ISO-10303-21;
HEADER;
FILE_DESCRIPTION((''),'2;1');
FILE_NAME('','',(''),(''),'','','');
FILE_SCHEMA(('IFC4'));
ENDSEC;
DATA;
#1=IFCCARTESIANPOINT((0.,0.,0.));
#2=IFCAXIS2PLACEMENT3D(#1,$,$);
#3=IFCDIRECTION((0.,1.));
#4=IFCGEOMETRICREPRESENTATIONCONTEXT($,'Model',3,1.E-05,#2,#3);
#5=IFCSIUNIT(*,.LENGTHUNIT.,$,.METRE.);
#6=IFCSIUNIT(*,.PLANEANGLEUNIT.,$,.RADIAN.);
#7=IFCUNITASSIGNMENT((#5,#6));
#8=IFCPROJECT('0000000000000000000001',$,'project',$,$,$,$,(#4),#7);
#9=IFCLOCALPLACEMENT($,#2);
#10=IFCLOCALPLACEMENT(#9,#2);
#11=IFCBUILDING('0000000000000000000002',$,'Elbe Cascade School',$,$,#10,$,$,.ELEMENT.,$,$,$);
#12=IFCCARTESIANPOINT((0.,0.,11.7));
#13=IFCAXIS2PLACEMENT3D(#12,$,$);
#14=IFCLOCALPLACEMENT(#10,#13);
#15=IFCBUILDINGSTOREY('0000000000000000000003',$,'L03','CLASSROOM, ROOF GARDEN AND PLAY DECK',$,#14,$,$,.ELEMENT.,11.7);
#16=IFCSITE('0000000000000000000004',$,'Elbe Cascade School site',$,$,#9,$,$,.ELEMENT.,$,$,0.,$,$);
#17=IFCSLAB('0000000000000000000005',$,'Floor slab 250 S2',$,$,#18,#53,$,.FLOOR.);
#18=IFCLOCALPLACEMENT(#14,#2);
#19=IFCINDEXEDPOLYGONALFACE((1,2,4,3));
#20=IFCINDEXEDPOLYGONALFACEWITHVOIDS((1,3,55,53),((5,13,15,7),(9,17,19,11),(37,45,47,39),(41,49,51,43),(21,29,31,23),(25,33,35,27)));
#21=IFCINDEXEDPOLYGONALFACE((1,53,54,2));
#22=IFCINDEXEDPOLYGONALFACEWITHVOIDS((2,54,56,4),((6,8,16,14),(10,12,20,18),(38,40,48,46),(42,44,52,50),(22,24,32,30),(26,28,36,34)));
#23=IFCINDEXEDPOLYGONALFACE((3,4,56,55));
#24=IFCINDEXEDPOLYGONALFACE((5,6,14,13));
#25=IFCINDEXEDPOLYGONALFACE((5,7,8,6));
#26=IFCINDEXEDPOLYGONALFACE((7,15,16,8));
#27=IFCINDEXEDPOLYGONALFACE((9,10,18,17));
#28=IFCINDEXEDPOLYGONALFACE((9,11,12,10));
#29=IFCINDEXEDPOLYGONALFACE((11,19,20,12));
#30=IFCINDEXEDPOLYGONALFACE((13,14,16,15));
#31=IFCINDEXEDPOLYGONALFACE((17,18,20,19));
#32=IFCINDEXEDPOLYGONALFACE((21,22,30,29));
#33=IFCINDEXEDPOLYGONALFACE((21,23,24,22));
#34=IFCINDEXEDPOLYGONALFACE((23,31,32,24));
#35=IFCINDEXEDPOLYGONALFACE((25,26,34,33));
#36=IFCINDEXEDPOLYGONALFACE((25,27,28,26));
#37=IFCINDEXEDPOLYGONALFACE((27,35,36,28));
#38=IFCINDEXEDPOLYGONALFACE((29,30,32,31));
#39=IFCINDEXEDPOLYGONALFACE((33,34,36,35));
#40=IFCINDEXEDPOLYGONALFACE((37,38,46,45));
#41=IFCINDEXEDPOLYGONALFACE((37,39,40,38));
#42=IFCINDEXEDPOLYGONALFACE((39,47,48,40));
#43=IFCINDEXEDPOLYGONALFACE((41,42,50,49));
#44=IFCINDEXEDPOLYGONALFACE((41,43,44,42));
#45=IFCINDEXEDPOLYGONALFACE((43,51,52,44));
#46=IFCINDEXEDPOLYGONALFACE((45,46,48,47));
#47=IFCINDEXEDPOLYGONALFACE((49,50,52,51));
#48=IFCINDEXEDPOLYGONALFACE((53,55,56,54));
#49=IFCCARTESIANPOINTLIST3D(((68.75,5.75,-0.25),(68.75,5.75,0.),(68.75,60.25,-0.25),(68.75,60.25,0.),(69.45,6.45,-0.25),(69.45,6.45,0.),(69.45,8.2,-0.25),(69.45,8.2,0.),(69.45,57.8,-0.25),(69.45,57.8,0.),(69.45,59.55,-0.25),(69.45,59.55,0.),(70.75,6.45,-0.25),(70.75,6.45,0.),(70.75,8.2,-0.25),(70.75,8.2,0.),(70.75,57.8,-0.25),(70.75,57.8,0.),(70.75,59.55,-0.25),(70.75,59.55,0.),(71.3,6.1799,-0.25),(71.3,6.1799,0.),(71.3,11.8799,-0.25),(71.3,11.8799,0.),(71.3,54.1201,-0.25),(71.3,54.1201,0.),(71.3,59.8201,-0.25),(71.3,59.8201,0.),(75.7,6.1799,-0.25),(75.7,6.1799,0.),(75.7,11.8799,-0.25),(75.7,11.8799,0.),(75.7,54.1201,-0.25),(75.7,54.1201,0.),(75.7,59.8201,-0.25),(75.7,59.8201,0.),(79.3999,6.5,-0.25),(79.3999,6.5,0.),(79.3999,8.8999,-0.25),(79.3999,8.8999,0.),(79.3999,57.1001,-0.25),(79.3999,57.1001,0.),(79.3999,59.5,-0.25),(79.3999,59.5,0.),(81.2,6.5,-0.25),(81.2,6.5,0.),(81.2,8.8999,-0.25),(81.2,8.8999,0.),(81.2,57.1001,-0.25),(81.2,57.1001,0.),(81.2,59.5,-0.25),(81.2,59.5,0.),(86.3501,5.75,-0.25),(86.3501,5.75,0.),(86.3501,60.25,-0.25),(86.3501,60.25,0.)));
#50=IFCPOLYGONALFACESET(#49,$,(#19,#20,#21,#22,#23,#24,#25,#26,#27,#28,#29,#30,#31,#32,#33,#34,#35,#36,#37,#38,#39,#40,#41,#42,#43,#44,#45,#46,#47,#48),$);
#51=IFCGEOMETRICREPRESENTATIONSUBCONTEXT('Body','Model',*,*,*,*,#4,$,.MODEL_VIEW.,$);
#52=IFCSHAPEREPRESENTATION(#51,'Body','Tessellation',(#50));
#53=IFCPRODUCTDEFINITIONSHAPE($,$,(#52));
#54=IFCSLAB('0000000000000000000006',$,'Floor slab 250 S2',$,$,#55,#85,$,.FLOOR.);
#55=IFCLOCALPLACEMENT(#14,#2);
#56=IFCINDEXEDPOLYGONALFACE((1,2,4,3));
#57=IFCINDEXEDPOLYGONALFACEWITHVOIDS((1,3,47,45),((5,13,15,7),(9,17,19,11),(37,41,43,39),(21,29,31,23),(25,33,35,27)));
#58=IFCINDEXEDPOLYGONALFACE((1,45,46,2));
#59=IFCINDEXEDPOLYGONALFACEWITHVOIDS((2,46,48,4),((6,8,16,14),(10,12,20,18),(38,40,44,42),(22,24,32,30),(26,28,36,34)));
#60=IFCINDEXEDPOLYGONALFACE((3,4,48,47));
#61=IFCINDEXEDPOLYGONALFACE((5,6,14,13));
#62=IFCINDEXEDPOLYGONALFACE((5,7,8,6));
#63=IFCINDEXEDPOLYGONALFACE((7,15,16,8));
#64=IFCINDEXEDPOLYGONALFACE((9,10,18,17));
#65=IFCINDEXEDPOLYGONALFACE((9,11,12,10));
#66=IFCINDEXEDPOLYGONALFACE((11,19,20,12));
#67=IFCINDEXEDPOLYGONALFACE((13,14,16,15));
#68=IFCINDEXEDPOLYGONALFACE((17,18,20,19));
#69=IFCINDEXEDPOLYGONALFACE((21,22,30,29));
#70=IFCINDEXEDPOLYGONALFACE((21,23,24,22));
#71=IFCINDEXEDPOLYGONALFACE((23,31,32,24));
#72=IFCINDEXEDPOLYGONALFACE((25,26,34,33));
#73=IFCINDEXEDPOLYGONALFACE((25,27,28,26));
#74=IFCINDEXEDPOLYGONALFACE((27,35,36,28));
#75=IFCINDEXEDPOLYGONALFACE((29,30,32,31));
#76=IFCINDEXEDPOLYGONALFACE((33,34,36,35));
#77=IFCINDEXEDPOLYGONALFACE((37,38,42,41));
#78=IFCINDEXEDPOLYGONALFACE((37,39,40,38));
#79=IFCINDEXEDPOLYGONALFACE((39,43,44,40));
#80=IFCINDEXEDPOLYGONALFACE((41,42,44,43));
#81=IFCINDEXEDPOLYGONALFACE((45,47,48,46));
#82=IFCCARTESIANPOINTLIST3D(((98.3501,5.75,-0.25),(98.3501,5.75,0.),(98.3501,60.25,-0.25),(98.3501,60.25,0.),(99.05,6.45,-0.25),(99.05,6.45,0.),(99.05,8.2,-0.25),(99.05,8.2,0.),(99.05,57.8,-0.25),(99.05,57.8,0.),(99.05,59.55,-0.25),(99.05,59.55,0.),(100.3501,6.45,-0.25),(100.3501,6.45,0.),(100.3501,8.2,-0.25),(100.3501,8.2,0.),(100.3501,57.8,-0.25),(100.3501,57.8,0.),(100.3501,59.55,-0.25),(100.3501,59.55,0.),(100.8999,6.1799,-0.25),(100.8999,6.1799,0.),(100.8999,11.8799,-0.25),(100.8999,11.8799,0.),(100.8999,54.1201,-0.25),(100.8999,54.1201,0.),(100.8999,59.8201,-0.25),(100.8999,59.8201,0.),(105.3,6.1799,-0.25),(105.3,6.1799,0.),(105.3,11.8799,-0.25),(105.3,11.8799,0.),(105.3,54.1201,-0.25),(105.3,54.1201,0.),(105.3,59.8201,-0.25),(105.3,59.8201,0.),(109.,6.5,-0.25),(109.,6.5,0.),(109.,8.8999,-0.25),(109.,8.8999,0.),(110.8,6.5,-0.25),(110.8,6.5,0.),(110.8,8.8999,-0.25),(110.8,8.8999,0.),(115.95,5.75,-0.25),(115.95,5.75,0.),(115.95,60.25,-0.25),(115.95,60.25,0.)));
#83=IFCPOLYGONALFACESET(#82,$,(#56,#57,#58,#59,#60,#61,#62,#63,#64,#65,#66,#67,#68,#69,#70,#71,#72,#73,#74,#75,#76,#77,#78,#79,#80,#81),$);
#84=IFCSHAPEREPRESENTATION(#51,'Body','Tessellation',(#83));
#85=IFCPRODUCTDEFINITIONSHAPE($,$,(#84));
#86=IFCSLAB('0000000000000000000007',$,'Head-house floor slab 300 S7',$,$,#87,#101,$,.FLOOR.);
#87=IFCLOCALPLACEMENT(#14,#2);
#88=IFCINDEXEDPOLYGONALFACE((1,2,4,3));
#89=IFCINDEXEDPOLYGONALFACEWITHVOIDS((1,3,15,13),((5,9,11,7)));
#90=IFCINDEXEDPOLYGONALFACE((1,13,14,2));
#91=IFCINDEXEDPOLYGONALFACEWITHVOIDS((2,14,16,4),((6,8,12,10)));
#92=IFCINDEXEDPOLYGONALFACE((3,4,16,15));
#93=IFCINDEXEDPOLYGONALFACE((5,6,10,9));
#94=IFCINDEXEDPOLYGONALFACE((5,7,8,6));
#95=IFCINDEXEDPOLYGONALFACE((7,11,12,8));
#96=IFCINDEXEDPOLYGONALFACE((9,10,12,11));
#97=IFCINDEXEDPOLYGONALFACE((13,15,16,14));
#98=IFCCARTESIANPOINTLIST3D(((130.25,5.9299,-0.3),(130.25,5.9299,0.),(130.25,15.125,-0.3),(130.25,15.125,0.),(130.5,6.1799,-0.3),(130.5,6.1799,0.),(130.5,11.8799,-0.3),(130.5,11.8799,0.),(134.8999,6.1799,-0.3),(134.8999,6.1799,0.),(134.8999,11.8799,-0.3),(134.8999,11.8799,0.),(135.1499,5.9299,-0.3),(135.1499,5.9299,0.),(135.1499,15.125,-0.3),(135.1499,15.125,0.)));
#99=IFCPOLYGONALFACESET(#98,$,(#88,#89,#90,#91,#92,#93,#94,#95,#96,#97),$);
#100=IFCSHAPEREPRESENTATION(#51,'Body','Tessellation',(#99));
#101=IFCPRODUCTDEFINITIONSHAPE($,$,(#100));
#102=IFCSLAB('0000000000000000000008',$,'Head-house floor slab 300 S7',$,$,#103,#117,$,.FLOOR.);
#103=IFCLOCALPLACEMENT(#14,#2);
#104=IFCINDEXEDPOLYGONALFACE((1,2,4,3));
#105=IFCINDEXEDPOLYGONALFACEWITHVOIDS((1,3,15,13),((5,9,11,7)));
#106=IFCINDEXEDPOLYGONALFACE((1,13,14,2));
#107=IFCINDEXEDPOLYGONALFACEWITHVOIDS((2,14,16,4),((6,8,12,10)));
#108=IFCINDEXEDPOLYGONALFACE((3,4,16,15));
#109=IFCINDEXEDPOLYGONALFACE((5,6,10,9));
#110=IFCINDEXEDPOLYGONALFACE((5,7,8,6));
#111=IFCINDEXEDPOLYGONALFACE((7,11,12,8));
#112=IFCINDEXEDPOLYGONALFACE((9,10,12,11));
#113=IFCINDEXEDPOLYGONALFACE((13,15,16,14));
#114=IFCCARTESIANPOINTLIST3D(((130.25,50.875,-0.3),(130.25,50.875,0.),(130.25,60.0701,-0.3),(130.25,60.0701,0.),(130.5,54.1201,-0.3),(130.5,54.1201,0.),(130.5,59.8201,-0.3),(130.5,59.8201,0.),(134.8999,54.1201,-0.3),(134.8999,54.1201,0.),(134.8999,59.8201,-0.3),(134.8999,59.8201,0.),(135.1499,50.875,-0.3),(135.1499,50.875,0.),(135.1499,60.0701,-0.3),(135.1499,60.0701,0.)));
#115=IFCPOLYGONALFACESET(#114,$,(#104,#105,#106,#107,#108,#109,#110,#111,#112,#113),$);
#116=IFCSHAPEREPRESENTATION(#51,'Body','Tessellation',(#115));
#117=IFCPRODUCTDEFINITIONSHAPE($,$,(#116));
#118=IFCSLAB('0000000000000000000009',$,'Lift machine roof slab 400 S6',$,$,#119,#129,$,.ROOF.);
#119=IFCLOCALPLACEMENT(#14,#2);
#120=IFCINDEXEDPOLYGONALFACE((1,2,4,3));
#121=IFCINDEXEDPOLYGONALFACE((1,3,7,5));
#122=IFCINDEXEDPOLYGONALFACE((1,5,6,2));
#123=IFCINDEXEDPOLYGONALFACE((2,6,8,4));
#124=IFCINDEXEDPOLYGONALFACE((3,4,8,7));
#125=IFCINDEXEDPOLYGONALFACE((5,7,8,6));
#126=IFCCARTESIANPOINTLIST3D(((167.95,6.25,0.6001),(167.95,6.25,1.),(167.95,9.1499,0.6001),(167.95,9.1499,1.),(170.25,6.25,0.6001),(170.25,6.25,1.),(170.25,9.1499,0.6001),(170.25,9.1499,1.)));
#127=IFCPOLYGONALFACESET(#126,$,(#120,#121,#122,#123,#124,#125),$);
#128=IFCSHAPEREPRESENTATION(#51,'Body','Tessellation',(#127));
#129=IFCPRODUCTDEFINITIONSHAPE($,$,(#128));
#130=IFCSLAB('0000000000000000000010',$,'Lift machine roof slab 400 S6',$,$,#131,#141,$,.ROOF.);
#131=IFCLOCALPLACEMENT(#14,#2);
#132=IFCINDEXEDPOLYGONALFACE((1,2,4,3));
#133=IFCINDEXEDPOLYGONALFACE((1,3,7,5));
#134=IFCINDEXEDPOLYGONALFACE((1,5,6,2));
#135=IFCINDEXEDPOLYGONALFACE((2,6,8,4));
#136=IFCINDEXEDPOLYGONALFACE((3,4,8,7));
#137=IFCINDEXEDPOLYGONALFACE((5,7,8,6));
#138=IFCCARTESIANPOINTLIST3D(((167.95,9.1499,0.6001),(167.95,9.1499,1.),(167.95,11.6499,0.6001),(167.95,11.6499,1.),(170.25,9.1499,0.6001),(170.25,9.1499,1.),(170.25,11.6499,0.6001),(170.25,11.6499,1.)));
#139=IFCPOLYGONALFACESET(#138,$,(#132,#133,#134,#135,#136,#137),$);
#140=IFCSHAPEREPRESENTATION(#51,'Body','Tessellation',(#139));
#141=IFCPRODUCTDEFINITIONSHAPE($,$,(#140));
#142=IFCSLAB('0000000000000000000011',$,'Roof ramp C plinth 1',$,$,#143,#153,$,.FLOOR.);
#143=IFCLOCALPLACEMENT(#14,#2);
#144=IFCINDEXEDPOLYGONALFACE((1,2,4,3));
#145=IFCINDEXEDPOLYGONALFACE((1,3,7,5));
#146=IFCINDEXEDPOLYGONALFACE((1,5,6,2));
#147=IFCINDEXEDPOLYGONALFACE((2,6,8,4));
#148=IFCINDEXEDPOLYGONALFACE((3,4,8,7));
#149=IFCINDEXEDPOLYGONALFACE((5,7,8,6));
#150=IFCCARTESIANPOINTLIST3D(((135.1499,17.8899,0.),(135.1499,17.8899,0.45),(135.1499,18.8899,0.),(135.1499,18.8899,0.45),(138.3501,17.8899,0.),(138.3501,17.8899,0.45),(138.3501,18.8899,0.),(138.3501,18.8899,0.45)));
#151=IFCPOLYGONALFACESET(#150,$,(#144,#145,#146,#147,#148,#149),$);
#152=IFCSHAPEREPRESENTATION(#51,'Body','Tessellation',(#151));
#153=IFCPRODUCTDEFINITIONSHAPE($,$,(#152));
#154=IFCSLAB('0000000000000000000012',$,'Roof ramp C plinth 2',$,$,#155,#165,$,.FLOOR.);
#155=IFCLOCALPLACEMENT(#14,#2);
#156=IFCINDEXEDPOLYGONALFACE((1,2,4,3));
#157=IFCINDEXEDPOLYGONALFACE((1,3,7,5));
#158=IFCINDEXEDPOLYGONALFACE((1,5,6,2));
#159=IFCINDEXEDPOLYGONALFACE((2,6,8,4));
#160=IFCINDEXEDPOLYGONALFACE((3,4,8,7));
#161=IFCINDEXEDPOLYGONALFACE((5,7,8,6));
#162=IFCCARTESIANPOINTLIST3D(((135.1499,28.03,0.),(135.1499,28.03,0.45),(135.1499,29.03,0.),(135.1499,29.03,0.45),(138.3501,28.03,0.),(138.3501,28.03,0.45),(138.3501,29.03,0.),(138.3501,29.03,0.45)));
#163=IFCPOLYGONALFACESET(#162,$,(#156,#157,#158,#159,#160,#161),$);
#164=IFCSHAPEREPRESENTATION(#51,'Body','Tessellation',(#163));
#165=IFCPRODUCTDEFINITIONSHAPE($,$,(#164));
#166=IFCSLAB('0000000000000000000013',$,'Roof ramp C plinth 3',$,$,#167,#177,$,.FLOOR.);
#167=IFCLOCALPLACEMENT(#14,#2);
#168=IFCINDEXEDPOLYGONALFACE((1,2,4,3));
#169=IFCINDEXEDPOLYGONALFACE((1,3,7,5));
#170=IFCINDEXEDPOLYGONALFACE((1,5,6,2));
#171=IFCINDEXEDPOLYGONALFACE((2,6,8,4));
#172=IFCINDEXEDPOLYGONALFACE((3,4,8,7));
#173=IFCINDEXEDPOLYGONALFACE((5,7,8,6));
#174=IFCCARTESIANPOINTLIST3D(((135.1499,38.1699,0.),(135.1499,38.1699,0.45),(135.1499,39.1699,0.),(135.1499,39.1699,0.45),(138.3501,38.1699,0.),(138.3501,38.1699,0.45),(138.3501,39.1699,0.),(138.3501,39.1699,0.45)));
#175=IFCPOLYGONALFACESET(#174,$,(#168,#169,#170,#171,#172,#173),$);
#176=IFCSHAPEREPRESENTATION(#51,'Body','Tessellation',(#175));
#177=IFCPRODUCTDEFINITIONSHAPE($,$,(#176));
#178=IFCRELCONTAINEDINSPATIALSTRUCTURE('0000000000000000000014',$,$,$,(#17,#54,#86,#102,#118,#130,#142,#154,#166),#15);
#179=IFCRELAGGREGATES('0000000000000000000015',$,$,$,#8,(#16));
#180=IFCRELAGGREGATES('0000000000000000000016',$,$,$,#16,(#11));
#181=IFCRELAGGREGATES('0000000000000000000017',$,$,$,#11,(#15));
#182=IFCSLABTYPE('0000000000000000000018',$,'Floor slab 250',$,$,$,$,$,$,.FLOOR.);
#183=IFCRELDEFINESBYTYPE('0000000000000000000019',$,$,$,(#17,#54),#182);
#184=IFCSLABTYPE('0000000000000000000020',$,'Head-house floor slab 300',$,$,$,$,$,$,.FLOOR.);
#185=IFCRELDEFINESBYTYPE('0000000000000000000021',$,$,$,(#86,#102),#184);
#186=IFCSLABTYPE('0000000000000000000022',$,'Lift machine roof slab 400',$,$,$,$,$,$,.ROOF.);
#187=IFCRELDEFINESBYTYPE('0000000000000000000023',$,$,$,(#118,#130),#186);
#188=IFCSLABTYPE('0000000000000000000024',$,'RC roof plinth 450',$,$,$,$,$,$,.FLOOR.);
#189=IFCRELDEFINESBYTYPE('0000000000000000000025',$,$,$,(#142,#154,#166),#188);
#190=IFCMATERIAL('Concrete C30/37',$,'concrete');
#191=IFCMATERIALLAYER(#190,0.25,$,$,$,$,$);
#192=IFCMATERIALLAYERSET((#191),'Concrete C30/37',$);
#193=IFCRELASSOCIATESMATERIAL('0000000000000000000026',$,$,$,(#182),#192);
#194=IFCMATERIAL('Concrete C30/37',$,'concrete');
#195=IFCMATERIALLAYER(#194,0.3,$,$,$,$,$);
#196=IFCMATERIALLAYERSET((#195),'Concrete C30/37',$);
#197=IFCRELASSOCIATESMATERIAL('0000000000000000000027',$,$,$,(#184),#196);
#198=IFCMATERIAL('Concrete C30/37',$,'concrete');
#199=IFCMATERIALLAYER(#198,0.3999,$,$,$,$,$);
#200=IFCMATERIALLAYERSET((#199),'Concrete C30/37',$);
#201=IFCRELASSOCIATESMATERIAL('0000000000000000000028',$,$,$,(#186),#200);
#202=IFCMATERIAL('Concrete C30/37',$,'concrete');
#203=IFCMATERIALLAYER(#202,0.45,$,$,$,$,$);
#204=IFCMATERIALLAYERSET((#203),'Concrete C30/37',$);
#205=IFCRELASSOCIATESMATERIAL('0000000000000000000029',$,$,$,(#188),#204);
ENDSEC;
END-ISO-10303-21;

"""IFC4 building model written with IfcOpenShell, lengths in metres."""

from ifc_helpers import new_model, si_unit, direction, frame, origin, place, context, subcontext, project, spatial, polyline, outline, extrude, material, layer, layer_set, type_object, element, save


model = new_model("IFC4")

# Units and contexts
model_context = context("Model", 3, precision=1e-05, world=origin(), true_north=direction((0.0, 1.0)))
body_context = subcontext(model_context, "Body", "Model", "MODEL_VIEW")
ifc_project = project(units=[si_unit("LENGTHUNIT", "METRE"), si_unit("PLANEANGLEUNIT", "RADIAN")], contexts=[model_context])

# Site, building, storey
site_placement = place(None, origin())
site = spatial("IfcSite", under=ifc_project, at=site_placement, Name="Elbe Cascade School site", CompositionType="ELEMENT", RefElevation=0.0)
building_placement = place(site_placement, origin())
building = spatial("IfcBuilding", under=site, at=building_placement, Name="Elbe Cascade School", CompositionType="ELEMENT")
storey_placement = place(building_placement, frame((0.0, 0.0, 11.7)))
storey = spatial("IfcBuildingStorey", under=building, at=storey_placement, Name="L03", Description="CLASSROOM, ROOF GARDEN AND PLAY DECK", CompositionType="ELEMENT", Elevation=11.7)

# Slabs
ifc_material_1 = material(Name="Concrete C30/37", Category="concrete")
ifc_layer_1 = layer(ifc_material_1, 0.25)
ifc_layer_set_1 = layer_set([ifc_layer_1], Name="Concrete C30/37")
slab_type_1 = type_object("IfcSlabType", Name="Floor slab 250", PredefinedType="FLOOR", material=ifc_layer_set_1)
slab_1_placement = place(storey_placement, frame((0.0, 0.0, -0.25)))
element("IfcSlab", 1, at=slab_1_placement, inside=storey, type_object=slab_type_1, Name="Floor slab 250 S2", PredefinedType="FLOOR", context=body_context, shape_type="SweptSolid", body=[
    extrude(outline(polyline([(68.75, 5.75), (86.3501, 5.75), (86.3501, 60.25), (68.75, 60.25), (68.75, 5.75)]), holes=[polyline([(71.3, 6.1799), (75.7, 6.1799), (75.7, 11.8799), (71.3, 11.8799), (71.3, 6.1799)]), polyline([(79.3999, 6.5), (81.2, 6.5), (81.2, 8.8999), (79.3999, 8.8999), (79.3999, 6.5)]), polyline([(71.3, 54.1201), (75.7, 54.1201), (75.7, 59.8201), (71.3, 59.8201), (71.3, 54.1201)]), polyline([(79.3999, 57.1001), (81.2, 57.1001), (81.2, 59.5), (79.3999, 59.5), (79.3999, 57.1001)]), polyline([(69.45, 6.45), (70.75, 6.45), (70.75, 8.2), (69.45, 8.2), (69.45, 6.45)]), polyline([(69.45, 57.8), (70.75, 57.8), (70.75, 59.55), (69.45, 59.55), (69.45, 57.8)])]), origin(), (0.0, 0.0, 1.0), 0.25),
])
slab_2_placement = place(storey_placement, frame((0.0, 0.0, -0.25)))
element("IfcSlab", 2, at=slab_2_placement, inside=storey, type_object=slab_type_1, Name="Floor slab 250 S2", PredefinedType="FLOOR", context=body_context, shape_type="SweptSolid", body=[
    extrude(outline(polyline([(98.3501, 5.75), (115.95, 5.75), (115.95, 60.25), (98.3501, 60.25), (98.3501, 5.75)]), holes=[polyline([(100.8999, 6.1799), (105.3, 6.1799), (105.3, 11.8799), (100.8999, 11.8799), (100.8999, 6.1799)]), polyline([(109.0, 6.5), (110.8, 6.5), (110.8, 8.8999), (109.0, 8.8999), (109.0, 6.5)]), polyline([(100.8999, 54.1201), (105.3, 54.1201), (105.3, 59.8201), (100.8999, 59.8201), (100.8999, 54.1201)]), polyline([(99.05, 6.45), (100.3501, 6.45), (100.3501, 8.2), (99.05, 8.2), (99.05, 6.45)]), polyline([(99.05, 57.8), (100.3501, 57.8), (100.3501, 59.55), (99.05, 59.55), (99.05, 57.8)])]), origin(), (0.0, 0.0, 1.0), 0.25),
])
ifc_material_2 = material(Name="Concrete C30/37", Category="concrete")
ifc_layer_2 = layer(ifc_material_2, 0.3)
ifc_layer_set_2 = layer_set([ifc_layer_2], Name="Concrete C30/37")
slab_type_2 = type_object("IfcSlabType", Name="Head-house floor slab 300", PredefinedType="FLOOR", material=ifc_layer_set_2)
slab_3_placement = place(storey_placement, frame((0.0, 0.0, -0.3)))
element("IfcSlab", 3, at=slab_3_placement, inside=storey, type_object=slab_type_2, Name="Head-house floor slab 300 S7", PredefinedType="FLOOR", context=body_context, shape_type="SweptSolid", body=[
    extrude(outline(polyline([(130.25, 5.9299), (135.1499, 5.9299), (135.1499, 15.125), (130.25, 15.125), (130.25, 5.9299)]), holes=[polyline([(130.5, 6.1799), (134.8999, 6.1799), (134.8999, 11.8799), (130.5, 11.8799), (130.5, 6.1799)])]), origin(), (0.0, 0.0, 1.0), 0.3),
])
slab_4_placement = place(storey_placement, frame((0.0, 0.0, -0.3)))
element("IfcSlab", 4, at=slab_4_placement, inside=storey, type_object=slab_type_2, Name="Head-house floor slab 300 S7", PredefinedType="FLOOR", context=body_context, shape_type="SweptSolid", body=[
    extrude(outline(polyline([(130.25, 50.875), (135.1499, 50.875), (135.1499, 60.0701), (130.25, 60.0701), (130.25, 50.875)]), holes=[polyline([(130.5, 54.1201), (134.8999, 54.1201), (134.8999, 59.8201), (130.5, 59.8201), (130.5, 54.1201)])]), origin(), (0.0, 0.0, 1.0), 0.3),
])
ifc_material_3 = material(Name="Concrete C30/37", Category="concrete")
ifc_layer_3 = layer(ifc_material_3, 0.3999)
ifc_layer_set_3 = layer_set([ifc_layer_3], Name="Concrete C30/37")
slab_type_3 = type_object("IfcSlabType", Name="Lift machine roof slab 400", PredefinedType="ROOF", material=ifc_layer_set_3)
slab_5_placement = place(storey_placement, frame((0.0, 0.0, 0.6001)))
element("IfcSlab", 5, at=slab_5_placement, inside=storey, type_object=slab_type_3, Name="Lift machine roof slab 400 S6", PredefinedType="ROOF", context=body_context, shape_type="SweptSolid", body=[
    extrude(outline(polyline([(167.95, 6.25), (170.25, 6.25), (170.25, 9.1499), (167.95, 9.1499), (167.95, 6.25)])), origin(), (0.0, 0.0, 1.0), 0.3999),
])
slab_6_placement = place(storey_placement, frame((0.0, 0.0, 0.6001)))
element("IfcSlab", 6, at=slab_6_placement, inside=storey, type_object=slab_type_3, Name="Lift machine roof slab 400 S6", PredefinedType="ROOF", context=body_context, shape_type="SweptSolid", body=[
    extrude(outline(polyline([(167.95, 9.1499), (170.25, 9.1499), (170.25, 11.6499), (167.95, 11.6499), (167.95, 9.1499)])), origin(), (0.0, 0.0, 1.0), 0.3999),
])
ifc_material_4 = material(Name="Concrete C30/37", Category="concrete")
ifc_layer_4 = layer(ifc_material_4, 0.45)
ifc_layer_set_4 = layer_set([ifc_layer_4], Name="Concrete C30/37")
slab_type_4 = type_object("IfcSlabType", Name="RC roof plinth 450", PredefinedType="FLOOR", material=ifc_layer_set_4)
slab_7_placement = place(storey_placement, origin())
element("IfcSlab", 7, at=slab_7_placement, inside=storey, type_object=slab_type_4, Name="Roof ramp C plinth 1", PredefinedType="FLOOR", context=body_context, shape_type="SweptSolid", body=[
    extrude(outline(polyline([(135.1499, 17.8899), (138.3501, 17.8899), (138.3501, 18.8899), (135.1499, 18.8899), (135.1499, 17.8899)])), origin(), (0.0, 0.0, 1.0), 0.45),
])
slab_8_placement = place(storey_placement, origin())
element("IfcSlab", 8, at=slab_8_placement, inside=storey, type_object=slab_type_4, Name="Roof ramp C plinth 2", PredefinedType="FLOOR", context=body_context, shape_type="SweptSolid", body=[
    extrude(outline(polyline([(135.1499, 28.03), (138.3501, 28.03), (138.3501, 29.03), (135.1499, 29.03), (135.1499, 28.03)])), origin(), (0.0, 0.0, 1.0), 0.45),
])
slab_9_placement = place(storey_placement, origin())
element("IfcSlab", 9, at=slab_9_placement, inside=storey, type_object=slab_type_4, Name="Roof ramp C plinth 3", PredefinedType="FLOOR", context=body_context, shape_type="SweptSolid", body=[
    extrude(outline(polyline([(135.1499, 38.1699), (138.3501, 38.1699), (138.3501, 39.1699), (135.1499, 39.1699), (135.1499, 38.1699)])), origin(), (0.0, 0.0, 1.0), 0.45),
])

save(model, "model.ifc")
